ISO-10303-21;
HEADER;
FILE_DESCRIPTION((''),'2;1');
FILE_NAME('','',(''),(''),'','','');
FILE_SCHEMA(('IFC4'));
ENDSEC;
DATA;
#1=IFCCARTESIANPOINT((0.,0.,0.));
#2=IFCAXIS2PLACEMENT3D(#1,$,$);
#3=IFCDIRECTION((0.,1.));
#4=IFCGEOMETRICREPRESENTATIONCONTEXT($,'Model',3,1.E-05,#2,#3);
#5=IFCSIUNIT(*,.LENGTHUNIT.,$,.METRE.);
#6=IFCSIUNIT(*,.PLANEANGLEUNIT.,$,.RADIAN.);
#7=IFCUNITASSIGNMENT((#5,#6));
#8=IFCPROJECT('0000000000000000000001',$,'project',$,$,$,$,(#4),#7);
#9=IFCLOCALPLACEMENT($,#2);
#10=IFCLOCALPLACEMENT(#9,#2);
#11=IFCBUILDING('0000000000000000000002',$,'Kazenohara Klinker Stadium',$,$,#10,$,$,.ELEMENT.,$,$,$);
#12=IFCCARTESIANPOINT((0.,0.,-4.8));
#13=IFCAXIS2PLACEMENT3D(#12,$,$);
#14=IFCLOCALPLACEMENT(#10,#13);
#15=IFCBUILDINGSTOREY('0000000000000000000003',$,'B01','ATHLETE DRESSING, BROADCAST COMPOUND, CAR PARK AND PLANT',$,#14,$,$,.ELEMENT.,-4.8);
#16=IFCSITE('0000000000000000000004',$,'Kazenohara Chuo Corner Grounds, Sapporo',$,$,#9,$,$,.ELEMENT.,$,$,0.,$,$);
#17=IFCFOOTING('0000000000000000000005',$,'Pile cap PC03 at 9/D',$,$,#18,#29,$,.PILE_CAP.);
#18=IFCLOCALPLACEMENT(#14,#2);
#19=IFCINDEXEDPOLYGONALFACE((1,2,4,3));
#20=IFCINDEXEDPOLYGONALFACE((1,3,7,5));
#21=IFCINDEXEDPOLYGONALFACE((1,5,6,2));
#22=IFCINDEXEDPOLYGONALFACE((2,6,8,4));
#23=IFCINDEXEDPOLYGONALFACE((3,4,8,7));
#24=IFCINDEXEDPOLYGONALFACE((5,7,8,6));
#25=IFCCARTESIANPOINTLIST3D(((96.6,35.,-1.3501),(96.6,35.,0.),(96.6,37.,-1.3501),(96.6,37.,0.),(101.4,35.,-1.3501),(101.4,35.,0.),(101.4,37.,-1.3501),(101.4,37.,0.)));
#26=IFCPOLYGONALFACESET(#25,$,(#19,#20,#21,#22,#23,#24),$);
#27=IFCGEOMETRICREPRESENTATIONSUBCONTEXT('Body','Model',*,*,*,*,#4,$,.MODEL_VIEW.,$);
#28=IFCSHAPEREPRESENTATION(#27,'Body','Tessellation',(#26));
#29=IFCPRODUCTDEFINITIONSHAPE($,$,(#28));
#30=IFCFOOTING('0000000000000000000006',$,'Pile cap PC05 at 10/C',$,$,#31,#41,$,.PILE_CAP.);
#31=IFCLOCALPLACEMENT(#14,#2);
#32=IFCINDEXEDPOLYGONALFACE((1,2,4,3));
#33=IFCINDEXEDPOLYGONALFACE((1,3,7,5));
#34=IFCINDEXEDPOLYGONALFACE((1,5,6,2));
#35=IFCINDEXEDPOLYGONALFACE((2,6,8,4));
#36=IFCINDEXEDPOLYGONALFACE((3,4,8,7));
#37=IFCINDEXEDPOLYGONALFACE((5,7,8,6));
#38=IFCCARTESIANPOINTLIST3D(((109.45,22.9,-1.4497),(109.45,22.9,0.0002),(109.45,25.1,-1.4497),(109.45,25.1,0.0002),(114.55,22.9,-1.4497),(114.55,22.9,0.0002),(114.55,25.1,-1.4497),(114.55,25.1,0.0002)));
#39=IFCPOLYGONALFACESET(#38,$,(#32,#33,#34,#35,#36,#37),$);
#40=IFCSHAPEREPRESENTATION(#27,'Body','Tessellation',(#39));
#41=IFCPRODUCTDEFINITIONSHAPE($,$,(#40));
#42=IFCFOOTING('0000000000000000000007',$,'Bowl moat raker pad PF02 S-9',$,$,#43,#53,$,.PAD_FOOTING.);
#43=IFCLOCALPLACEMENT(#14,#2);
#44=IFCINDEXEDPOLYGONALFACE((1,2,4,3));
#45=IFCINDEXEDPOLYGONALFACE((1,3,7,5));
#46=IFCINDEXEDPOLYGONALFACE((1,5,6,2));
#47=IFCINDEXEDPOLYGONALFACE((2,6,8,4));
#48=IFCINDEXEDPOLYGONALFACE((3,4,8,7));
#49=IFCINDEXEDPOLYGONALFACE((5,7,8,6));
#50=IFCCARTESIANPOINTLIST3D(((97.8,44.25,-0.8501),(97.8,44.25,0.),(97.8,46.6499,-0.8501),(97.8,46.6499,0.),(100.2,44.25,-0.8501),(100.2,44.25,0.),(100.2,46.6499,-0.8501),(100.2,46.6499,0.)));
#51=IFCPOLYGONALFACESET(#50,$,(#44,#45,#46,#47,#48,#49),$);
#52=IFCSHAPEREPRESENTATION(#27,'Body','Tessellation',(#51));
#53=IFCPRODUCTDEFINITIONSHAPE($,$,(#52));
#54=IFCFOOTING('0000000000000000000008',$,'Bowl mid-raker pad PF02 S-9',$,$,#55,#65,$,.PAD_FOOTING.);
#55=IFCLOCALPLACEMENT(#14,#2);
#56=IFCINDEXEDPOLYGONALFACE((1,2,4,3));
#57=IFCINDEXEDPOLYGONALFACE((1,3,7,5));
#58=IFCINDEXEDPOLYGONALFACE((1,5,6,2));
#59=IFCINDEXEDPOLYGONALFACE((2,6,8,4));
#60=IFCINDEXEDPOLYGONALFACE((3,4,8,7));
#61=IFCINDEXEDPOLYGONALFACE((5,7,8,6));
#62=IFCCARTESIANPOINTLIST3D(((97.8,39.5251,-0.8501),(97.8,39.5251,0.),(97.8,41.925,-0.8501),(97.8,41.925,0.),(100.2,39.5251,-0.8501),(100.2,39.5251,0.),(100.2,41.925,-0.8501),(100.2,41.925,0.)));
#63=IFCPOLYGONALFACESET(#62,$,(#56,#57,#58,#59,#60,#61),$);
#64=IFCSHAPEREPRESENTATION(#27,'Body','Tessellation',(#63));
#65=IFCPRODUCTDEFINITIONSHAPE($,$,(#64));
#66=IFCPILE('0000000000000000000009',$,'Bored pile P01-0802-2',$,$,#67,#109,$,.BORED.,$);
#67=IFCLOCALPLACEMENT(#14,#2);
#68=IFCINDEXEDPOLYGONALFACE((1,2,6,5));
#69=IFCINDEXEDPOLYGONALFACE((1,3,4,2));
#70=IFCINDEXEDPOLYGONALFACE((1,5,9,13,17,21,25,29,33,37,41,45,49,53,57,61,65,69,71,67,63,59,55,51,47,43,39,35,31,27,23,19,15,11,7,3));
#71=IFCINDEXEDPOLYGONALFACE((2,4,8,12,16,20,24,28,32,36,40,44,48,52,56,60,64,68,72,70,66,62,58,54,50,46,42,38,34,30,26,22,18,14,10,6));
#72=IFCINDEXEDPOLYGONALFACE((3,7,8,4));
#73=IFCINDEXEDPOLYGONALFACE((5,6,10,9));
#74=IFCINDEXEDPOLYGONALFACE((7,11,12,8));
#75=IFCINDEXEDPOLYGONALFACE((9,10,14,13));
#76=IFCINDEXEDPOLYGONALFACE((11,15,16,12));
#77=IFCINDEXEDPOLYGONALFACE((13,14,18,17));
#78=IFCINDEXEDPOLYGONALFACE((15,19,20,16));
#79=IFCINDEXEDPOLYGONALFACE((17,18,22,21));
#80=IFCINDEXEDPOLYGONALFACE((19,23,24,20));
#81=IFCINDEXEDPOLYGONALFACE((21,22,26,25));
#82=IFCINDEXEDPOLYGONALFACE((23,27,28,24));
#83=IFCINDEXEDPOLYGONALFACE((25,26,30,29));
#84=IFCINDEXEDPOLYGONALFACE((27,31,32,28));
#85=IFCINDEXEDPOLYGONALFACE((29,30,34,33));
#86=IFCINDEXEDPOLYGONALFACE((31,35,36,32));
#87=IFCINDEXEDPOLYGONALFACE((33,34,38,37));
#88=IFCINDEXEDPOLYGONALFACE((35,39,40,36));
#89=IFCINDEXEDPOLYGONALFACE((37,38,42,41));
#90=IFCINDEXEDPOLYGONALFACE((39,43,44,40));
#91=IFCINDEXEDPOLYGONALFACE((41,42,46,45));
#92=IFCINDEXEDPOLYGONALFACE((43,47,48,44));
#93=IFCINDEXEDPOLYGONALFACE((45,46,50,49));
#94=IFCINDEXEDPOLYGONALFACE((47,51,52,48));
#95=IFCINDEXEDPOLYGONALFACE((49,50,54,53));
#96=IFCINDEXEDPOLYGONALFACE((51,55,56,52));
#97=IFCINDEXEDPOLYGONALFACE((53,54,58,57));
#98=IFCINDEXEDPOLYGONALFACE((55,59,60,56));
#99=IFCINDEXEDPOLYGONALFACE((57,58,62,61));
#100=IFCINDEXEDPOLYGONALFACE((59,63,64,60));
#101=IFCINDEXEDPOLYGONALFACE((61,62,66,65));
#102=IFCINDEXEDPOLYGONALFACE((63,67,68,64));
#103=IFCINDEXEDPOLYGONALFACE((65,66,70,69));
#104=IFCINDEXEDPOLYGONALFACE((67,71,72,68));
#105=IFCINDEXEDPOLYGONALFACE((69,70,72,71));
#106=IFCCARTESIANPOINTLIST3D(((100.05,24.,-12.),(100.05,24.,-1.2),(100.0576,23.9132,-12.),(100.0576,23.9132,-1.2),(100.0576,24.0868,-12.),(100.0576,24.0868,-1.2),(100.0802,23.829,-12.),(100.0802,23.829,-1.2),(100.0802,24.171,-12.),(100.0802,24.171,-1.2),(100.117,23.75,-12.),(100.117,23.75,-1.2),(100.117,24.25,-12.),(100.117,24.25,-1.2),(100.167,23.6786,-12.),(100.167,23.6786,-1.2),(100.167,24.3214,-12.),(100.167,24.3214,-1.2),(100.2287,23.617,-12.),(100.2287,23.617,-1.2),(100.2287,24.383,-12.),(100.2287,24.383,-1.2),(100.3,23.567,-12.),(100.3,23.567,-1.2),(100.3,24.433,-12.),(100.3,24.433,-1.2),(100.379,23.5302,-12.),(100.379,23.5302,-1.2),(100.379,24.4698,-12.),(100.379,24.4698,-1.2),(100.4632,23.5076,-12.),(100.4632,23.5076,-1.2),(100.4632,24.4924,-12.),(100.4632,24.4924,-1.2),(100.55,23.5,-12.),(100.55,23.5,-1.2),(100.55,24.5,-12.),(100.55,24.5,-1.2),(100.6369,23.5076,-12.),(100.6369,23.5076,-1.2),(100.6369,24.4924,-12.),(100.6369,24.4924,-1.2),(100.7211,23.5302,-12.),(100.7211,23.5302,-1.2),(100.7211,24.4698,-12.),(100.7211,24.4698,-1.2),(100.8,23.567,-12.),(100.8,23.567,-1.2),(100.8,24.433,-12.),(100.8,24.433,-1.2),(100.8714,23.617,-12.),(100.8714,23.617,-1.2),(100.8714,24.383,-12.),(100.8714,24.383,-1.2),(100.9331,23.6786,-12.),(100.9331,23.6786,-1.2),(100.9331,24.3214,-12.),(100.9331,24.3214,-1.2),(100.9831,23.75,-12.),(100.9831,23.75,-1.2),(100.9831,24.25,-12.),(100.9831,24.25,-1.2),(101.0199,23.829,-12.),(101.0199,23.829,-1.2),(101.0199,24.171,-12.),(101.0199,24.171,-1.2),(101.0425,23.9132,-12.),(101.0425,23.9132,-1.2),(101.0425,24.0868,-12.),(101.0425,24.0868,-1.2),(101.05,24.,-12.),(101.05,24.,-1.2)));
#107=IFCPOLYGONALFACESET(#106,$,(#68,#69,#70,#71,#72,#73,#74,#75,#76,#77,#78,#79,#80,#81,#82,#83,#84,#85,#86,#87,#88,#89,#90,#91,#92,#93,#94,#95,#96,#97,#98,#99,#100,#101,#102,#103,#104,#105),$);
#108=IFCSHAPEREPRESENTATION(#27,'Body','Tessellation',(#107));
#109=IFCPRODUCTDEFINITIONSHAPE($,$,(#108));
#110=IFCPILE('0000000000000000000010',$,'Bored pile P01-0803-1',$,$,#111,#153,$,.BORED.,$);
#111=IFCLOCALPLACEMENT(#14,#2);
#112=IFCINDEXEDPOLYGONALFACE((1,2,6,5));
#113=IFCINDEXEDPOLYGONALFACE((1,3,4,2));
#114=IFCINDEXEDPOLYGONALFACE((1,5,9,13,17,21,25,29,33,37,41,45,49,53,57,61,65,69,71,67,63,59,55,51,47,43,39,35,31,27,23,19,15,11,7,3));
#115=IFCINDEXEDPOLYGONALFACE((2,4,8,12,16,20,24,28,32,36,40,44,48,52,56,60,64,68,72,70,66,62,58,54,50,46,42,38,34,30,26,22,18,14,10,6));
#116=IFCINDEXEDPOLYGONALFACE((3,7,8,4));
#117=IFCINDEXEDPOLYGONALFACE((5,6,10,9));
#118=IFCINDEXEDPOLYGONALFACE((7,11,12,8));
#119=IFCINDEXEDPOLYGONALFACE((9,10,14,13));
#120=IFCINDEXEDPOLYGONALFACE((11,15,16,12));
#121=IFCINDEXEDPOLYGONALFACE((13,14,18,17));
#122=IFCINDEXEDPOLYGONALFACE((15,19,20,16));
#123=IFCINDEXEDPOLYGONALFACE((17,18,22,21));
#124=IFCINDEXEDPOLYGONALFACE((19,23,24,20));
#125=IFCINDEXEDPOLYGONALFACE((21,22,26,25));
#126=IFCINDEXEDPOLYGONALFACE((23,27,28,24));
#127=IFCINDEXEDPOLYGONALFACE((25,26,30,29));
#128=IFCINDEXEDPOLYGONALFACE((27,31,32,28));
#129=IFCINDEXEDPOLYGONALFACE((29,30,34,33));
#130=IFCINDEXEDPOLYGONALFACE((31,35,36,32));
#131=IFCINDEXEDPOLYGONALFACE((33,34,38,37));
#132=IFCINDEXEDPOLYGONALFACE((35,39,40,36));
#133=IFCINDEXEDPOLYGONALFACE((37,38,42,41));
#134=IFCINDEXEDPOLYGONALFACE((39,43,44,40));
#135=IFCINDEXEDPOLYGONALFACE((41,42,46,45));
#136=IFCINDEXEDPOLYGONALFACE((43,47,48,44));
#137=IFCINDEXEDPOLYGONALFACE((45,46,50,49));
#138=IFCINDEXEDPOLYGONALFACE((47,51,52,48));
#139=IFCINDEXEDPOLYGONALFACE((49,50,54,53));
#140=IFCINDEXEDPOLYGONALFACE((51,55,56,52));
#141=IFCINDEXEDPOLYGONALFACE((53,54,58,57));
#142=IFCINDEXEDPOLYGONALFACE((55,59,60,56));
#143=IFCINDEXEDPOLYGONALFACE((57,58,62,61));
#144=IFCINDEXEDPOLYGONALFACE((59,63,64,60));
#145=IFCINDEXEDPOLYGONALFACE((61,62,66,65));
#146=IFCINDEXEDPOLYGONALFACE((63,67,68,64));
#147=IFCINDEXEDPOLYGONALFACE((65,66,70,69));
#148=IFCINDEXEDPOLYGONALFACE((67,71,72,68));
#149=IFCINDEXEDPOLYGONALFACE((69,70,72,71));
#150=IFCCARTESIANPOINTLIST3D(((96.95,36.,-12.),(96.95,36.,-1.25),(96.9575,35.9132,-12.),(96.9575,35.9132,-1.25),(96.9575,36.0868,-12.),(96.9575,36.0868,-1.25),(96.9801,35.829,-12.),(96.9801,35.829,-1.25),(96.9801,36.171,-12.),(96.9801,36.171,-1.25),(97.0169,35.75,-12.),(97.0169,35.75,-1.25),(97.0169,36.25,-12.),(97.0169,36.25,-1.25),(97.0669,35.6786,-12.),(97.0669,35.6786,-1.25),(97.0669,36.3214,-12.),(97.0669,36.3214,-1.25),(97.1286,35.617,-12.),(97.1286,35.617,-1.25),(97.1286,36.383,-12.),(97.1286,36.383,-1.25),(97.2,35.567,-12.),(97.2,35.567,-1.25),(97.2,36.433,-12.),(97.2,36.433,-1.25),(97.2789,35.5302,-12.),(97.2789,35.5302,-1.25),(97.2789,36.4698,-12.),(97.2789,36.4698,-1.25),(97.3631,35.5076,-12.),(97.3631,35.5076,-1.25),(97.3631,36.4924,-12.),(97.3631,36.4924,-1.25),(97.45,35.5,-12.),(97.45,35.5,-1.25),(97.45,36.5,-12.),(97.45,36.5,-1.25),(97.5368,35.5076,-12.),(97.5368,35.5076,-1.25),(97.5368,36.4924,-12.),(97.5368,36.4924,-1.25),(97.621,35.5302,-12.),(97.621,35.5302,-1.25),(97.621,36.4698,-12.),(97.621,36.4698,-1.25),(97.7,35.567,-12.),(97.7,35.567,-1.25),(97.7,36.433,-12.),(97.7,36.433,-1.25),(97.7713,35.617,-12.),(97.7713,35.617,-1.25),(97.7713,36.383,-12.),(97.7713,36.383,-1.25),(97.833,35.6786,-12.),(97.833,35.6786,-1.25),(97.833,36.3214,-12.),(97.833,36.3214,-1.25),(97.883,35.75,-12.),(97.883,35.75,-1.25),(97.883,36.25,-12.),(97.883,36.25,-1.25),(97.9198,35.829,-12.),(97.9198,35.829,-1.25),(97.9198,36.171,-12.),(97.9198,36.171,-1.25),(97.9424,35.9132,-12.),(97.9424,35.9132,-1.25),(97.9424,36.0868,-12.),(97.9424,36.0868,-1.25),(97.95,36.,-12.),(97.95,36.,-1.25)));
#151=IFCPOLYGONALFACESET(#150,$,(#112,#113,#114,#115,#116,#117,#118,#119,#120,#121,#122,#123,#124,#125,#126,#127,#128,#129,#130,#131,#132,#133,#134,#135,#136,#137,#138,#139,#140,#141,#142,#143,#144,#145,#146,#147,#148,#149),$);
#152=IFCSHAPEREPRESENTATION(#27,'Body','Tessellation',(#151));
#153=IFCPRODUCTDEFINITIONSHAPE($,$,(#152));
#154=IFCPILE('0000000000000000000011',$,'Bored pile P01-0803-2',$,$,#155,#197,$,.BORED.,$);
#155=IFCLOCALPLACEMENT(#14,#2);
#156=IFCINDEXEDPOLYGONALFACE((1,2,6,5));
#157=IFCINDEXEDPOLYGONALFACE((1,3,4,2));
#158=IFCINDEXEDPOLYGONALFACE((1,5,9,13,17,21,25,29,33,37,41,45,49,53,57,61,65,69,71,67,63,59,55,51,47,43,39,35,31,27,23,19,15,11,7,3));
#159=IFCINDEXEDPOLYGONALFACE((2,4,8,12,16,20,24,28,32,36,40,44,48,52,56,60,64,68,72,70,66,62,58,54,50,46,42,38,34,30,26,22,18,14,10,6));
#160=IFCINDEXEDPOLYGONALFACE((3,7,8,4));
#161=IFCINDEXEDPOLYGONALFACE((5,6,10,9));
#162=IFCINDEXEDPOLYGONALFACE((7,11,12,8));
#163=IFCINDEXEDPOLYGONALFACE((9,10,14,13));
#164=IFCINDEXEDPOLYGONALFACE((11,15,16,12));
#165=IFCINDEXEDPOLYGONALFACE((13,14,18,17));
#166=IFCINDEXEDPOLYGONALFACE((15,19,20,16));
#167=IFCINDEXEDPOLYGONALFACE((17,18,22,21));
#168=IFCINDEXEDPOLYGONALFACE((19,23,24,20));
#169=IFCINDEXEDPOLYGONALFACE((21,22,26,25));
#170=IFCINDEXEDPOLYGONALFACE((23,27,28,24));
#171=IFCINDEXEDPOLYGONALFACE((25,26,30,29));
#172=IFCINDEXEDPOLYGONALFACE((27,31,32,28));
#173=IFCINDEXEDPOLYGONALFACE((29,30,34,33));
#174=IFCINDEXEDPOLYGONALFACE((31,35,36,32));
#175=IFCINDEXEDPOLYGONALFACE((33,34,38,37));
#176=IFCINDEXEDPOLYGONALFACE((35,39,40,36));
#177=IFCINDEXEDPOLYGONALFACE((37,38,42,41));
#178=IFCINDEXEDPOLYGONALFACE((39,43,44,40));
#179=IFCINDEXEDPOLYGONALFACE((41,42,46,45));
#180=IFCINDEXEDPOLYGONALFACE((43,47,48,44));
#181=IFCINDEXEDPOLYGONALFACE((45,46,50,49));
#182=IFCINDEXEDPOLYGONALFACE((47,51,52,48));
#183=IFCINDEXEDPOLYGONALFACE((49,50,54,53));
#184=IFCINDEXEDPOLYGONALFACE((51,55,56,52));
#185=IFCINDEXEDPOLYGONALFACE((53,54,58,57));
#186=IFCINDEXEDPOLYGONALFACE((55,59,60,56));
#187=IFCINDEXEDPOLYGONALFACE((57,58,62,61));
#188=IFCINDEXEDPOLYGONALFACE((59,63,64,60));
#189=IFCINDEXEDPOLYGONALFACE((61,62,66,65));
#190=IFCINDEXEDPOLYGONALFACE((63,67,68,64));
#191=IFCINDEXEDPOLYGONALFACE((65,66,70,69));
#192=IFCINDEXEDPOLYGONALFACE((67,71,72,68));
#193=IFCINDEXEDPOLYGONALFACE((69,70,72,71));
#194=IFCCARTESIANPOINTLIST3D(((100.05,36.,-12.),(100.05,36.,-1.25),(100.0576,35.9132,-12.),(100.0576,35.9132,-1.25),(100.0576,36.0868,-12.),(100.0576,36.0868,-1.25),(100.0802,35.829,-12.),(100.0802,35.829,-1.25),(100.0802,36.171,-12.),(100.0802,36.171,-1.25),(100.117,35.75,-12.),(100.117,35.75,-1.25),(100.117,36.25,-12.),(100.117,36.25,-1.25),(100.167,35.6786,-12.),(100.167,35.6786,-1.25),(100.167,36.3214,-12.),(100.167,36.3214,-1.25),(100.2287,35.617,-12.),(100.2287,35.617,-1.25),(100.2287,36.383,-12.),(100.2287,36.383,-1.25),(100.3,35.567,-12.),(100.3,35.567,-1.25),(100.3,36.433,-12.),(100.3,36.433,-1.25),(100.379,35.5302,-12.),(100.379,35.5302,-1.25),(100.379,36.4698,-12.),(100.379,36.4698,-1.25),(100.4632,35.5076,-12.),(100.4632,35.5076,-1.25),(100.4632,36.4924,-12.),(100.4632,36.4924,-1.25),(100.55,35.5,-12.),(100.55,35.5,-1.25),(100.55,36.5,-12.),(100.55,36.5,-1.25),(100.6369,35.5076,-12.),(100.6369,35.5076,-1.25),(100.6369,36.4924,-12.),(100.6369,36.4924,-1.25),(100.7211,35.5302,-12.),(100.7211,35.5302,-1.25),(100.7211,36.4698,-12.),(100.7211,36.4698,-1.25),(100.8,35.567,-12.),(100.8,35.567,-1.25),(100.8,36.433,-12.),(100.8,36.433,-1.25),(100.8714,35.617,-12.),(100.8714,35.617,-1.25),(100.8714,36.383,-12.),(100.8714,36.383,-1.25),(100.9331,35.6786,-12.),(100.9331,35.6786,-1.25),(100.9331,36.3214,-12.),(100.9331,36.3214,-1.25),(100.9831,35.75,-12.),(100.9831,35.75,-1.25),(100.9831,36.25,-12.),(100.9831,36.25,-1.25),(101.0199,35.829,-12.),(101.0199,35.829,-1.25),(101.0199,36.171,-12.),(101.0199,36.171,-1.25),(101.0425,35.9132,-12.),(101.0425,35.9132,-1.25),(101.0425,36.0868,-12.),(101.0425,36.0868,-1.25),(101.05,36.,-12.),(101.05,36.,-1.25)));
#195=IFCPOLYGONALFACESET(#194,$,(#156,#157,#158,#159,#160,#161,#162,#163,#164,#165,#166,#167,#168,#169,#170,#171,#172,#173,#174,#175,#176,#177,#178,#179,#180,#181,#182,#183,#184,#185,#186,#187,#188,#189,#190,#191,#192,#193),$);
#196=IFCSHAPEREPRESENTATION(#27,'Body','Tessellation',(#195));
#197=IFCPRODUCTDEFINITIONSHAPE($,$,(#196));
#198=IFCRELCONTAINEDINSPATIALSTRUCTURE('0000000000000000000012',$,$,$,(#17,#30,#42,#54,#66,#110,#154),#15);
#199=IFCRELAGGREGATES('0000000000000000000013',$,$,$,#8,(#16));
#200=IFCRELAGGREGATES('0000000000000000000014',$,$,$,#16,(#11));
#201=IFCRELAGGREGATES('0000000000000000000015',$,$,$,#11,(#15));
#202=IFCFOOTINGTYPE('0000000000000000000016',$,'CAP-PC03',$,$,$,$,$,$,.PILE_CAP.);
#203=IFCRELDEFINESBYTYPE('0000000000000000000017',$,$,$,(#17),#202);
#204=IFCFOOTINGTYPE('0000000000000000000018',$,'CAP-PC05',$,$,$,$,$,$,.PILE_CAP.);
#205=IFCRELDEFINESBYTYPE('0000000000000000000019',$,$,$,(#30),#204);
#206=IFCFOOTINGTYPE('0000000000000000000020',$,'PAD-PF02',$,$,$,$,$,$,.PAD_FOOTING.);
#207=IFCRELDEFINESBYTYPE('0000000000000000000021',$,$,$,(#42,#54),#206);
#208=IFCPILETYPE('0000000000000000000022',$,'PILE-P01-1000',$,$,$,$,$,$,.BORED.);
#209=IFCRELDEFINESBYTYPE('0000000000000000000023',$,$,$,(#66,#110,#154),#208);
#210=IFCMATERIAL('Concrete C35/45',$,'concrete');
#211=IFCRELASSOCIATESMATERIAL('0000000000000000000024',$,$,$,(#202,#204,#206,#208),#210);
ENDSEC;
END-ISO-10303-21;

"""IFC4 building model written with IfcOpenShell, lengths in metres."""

from ifc_helpers import new_model, si_unit, direction, frame, origin, origin_2d, place, context, subcontext, project, spatial, rectangle, circle, extrude, material, material_profile, profile_set, type_object, element, save


model = new_model("IFC4")

# Units and contexts
model_context = context("Model", 3, precision=1e-05, world=origin(), true_north=direction((0.0, 1.0)))
body_context = subcontext(model_context, "Body", "Model", "MODEL_VIEW")
ifc_project = project(units=[si_unit("LENGTHUNIT", "METRE"), si_unit("PLANEANGLEUNIT", "RADIAN")], contexts=[model_context])

# Site, building, storey
site_placement = place(None, origin())
site = spatial("IfcSite", under=ifc_project, at=site_placement, Name="Kazenohara Chuo Corner Grounds, Sapporo", CompositionType="ELEMENT", RefElevation=0.0)
building_placement = place(site_placement, origin())
building = spatial("IfcBuilding", under=site, at=building_placement, Name="Kazenohara Klinker Stadium", CompositionType="ELEMENT")
storey_placement = place(building_placement, frame((0.0, 0.0, -4.8)))
storey = spatial("IfcBuildingStorey", under=building, at=storey_placement, Name="B01", Description="ATHLETE DRESSING, BROADCAST COMPOUND, CAR PARK AND PLANT", CompositionType="ELEMENT", Elevation=-4.8)

# Footings
ifc_material_1 = material(Name="Concrete C35/45", Category="concrete")
footing_type_1 = type_object("IfcFootingType", Name="CAP-PC03", PredefinedType="PILE_CAP", material=ifc_material_1)
footing_1_placement = place(storey_placement, frame((99.0, 36.0, -1.3501), z_axis=(0.0, 0.0, 1.0), x_axis=(1.0, 0.0, 0.0)))
element("IfcFooting", 1, at=footing_1_placement, inside=storey, type_object=footing_type_1, Name="Pile cap PC03 at 9/D", PredefinedType="PILE_CAP", context=body_context, shape_type="SweptSolid", body=[
    extrude(rectangle(XDim=4.8, YDim=2.0, at=origin_2d()), origin(), (0.0, 0.0, 1.0), 1.3501),
])
footing_type_2 = type_object("IfcFootingType", Name="CAP-PC05", PredefinedType="PILE_CAP", material=ifc_material_1)
footing_2_placement = place(storey_placement, frame((112.0, 24.0, -1.4497), z_axis=(0.0, 0.0, 1.0), x_axis=(1.0, 0.0, 0.0)))
element("IfcFooting", 2, at=footing_2_placement, inside=storey, type_object=footing_type_2, Name="Pile cap PC05 at 10/C", PredefinedType="PILE_CAP", context=body_context, shape_type="SweptSolid", body=[
    extrude(rectangle(XDim=5.1001, YDim=2.2, at=origin_2d()), origin(), (0.0, 0.0, 1.0), 1.45),
])
footing_type_3 = type_object("IfcFootingType", Name="PAD-PF02", PredefinedType="PAD_FOOTING", material=ifc_material_1)
for number, where, z_axis, x_axis, name in (
    (3, (99.0, 45.45, -0.8501), (0.0, 0.0, 1.0), (1.0, 0.0, 0.0), "Bowl moat raker pad PF02 S-9"),
    (4, (99.0, 40.7251, -0.8501), (0.0, 0.0, 1.0), (1.0, 0.0, 0.0), "Bowl mid-raker pad PF02 S-9"),
):
    element("IfcFooting", number, at=place(storey_placement, frame(where, z_axis=z_axis, x_axis=x_axis)), inside=storey, type_object=footing_type_3, Name=name, PredefinedType="PAD_FOOTING", context=body_context, shape_type="SweptSolid", body=[
        extrude(rectangle(XDim=2.3999, YDim=2.3999, at=origin_2d()), origin(), (0.0, 0.0, 1.0), 0.8501),
    ])

# Piles
ifc_material_profile_1 = material_profile(ifc_material_1, circle(Radius=0.5, at=origin_2d()), Name="BORED-PILE-1000")
ifc_profile_set_1 = profile_set([ifc_material_profile_1], Name="Concrete C35/45")
pile_type = type_object("IfcPileType", Name="PILE-P01-1000", PredefinedType="BORED", material=ifc_profile_set_1)
pile_1_placement = place(storey_placement, frame((100.55, 24.0, -1.2), z_axis=(0.0, 0.0, -1.0), x_axis=(1.0, 0.0, 0.0)))
element("IfcPile", 5, at=pile_1_placement, inside=storey, type_object=pile_type, Name="Bored pile P01-0802-2", PredefinedType="BORED", context=body_context, shape_type="SweptSolid", body=[
    extrude(circle(Radius=0.5, at=origin_2d()), origin(), (0.0, 0.0, 1.0), 10.8),
])
for number, where, z_axis, x_axis, name in (
    (6, (97.45, 36.0, -1.25), (0.0, 0.0, -1.0), (1.0, 0.0, 0.0), "Bored pile P01-0803-1"),
    (7, (100.55, 36.0, -1.25), (0.0, 0.0, -1.0), (1.0, 0.0, 0.0), "Bored pile P01-0803-2"),
):
    element("IfcPile", number, at=place(storey_placement, frame(where, z_axis=z_axis, x_axis=x_axis)), inside=storey, type_object=pile_type, Name=name, PredefinedType="BORED", context=body_context, shape_type="SweptSolid", body=[
        extrude(circle(Radius=0.5, at=origin_2d()), origin(), (0.0, 0.0, 1.0), 10.75),
    ])

save(model, "model.ifc")
